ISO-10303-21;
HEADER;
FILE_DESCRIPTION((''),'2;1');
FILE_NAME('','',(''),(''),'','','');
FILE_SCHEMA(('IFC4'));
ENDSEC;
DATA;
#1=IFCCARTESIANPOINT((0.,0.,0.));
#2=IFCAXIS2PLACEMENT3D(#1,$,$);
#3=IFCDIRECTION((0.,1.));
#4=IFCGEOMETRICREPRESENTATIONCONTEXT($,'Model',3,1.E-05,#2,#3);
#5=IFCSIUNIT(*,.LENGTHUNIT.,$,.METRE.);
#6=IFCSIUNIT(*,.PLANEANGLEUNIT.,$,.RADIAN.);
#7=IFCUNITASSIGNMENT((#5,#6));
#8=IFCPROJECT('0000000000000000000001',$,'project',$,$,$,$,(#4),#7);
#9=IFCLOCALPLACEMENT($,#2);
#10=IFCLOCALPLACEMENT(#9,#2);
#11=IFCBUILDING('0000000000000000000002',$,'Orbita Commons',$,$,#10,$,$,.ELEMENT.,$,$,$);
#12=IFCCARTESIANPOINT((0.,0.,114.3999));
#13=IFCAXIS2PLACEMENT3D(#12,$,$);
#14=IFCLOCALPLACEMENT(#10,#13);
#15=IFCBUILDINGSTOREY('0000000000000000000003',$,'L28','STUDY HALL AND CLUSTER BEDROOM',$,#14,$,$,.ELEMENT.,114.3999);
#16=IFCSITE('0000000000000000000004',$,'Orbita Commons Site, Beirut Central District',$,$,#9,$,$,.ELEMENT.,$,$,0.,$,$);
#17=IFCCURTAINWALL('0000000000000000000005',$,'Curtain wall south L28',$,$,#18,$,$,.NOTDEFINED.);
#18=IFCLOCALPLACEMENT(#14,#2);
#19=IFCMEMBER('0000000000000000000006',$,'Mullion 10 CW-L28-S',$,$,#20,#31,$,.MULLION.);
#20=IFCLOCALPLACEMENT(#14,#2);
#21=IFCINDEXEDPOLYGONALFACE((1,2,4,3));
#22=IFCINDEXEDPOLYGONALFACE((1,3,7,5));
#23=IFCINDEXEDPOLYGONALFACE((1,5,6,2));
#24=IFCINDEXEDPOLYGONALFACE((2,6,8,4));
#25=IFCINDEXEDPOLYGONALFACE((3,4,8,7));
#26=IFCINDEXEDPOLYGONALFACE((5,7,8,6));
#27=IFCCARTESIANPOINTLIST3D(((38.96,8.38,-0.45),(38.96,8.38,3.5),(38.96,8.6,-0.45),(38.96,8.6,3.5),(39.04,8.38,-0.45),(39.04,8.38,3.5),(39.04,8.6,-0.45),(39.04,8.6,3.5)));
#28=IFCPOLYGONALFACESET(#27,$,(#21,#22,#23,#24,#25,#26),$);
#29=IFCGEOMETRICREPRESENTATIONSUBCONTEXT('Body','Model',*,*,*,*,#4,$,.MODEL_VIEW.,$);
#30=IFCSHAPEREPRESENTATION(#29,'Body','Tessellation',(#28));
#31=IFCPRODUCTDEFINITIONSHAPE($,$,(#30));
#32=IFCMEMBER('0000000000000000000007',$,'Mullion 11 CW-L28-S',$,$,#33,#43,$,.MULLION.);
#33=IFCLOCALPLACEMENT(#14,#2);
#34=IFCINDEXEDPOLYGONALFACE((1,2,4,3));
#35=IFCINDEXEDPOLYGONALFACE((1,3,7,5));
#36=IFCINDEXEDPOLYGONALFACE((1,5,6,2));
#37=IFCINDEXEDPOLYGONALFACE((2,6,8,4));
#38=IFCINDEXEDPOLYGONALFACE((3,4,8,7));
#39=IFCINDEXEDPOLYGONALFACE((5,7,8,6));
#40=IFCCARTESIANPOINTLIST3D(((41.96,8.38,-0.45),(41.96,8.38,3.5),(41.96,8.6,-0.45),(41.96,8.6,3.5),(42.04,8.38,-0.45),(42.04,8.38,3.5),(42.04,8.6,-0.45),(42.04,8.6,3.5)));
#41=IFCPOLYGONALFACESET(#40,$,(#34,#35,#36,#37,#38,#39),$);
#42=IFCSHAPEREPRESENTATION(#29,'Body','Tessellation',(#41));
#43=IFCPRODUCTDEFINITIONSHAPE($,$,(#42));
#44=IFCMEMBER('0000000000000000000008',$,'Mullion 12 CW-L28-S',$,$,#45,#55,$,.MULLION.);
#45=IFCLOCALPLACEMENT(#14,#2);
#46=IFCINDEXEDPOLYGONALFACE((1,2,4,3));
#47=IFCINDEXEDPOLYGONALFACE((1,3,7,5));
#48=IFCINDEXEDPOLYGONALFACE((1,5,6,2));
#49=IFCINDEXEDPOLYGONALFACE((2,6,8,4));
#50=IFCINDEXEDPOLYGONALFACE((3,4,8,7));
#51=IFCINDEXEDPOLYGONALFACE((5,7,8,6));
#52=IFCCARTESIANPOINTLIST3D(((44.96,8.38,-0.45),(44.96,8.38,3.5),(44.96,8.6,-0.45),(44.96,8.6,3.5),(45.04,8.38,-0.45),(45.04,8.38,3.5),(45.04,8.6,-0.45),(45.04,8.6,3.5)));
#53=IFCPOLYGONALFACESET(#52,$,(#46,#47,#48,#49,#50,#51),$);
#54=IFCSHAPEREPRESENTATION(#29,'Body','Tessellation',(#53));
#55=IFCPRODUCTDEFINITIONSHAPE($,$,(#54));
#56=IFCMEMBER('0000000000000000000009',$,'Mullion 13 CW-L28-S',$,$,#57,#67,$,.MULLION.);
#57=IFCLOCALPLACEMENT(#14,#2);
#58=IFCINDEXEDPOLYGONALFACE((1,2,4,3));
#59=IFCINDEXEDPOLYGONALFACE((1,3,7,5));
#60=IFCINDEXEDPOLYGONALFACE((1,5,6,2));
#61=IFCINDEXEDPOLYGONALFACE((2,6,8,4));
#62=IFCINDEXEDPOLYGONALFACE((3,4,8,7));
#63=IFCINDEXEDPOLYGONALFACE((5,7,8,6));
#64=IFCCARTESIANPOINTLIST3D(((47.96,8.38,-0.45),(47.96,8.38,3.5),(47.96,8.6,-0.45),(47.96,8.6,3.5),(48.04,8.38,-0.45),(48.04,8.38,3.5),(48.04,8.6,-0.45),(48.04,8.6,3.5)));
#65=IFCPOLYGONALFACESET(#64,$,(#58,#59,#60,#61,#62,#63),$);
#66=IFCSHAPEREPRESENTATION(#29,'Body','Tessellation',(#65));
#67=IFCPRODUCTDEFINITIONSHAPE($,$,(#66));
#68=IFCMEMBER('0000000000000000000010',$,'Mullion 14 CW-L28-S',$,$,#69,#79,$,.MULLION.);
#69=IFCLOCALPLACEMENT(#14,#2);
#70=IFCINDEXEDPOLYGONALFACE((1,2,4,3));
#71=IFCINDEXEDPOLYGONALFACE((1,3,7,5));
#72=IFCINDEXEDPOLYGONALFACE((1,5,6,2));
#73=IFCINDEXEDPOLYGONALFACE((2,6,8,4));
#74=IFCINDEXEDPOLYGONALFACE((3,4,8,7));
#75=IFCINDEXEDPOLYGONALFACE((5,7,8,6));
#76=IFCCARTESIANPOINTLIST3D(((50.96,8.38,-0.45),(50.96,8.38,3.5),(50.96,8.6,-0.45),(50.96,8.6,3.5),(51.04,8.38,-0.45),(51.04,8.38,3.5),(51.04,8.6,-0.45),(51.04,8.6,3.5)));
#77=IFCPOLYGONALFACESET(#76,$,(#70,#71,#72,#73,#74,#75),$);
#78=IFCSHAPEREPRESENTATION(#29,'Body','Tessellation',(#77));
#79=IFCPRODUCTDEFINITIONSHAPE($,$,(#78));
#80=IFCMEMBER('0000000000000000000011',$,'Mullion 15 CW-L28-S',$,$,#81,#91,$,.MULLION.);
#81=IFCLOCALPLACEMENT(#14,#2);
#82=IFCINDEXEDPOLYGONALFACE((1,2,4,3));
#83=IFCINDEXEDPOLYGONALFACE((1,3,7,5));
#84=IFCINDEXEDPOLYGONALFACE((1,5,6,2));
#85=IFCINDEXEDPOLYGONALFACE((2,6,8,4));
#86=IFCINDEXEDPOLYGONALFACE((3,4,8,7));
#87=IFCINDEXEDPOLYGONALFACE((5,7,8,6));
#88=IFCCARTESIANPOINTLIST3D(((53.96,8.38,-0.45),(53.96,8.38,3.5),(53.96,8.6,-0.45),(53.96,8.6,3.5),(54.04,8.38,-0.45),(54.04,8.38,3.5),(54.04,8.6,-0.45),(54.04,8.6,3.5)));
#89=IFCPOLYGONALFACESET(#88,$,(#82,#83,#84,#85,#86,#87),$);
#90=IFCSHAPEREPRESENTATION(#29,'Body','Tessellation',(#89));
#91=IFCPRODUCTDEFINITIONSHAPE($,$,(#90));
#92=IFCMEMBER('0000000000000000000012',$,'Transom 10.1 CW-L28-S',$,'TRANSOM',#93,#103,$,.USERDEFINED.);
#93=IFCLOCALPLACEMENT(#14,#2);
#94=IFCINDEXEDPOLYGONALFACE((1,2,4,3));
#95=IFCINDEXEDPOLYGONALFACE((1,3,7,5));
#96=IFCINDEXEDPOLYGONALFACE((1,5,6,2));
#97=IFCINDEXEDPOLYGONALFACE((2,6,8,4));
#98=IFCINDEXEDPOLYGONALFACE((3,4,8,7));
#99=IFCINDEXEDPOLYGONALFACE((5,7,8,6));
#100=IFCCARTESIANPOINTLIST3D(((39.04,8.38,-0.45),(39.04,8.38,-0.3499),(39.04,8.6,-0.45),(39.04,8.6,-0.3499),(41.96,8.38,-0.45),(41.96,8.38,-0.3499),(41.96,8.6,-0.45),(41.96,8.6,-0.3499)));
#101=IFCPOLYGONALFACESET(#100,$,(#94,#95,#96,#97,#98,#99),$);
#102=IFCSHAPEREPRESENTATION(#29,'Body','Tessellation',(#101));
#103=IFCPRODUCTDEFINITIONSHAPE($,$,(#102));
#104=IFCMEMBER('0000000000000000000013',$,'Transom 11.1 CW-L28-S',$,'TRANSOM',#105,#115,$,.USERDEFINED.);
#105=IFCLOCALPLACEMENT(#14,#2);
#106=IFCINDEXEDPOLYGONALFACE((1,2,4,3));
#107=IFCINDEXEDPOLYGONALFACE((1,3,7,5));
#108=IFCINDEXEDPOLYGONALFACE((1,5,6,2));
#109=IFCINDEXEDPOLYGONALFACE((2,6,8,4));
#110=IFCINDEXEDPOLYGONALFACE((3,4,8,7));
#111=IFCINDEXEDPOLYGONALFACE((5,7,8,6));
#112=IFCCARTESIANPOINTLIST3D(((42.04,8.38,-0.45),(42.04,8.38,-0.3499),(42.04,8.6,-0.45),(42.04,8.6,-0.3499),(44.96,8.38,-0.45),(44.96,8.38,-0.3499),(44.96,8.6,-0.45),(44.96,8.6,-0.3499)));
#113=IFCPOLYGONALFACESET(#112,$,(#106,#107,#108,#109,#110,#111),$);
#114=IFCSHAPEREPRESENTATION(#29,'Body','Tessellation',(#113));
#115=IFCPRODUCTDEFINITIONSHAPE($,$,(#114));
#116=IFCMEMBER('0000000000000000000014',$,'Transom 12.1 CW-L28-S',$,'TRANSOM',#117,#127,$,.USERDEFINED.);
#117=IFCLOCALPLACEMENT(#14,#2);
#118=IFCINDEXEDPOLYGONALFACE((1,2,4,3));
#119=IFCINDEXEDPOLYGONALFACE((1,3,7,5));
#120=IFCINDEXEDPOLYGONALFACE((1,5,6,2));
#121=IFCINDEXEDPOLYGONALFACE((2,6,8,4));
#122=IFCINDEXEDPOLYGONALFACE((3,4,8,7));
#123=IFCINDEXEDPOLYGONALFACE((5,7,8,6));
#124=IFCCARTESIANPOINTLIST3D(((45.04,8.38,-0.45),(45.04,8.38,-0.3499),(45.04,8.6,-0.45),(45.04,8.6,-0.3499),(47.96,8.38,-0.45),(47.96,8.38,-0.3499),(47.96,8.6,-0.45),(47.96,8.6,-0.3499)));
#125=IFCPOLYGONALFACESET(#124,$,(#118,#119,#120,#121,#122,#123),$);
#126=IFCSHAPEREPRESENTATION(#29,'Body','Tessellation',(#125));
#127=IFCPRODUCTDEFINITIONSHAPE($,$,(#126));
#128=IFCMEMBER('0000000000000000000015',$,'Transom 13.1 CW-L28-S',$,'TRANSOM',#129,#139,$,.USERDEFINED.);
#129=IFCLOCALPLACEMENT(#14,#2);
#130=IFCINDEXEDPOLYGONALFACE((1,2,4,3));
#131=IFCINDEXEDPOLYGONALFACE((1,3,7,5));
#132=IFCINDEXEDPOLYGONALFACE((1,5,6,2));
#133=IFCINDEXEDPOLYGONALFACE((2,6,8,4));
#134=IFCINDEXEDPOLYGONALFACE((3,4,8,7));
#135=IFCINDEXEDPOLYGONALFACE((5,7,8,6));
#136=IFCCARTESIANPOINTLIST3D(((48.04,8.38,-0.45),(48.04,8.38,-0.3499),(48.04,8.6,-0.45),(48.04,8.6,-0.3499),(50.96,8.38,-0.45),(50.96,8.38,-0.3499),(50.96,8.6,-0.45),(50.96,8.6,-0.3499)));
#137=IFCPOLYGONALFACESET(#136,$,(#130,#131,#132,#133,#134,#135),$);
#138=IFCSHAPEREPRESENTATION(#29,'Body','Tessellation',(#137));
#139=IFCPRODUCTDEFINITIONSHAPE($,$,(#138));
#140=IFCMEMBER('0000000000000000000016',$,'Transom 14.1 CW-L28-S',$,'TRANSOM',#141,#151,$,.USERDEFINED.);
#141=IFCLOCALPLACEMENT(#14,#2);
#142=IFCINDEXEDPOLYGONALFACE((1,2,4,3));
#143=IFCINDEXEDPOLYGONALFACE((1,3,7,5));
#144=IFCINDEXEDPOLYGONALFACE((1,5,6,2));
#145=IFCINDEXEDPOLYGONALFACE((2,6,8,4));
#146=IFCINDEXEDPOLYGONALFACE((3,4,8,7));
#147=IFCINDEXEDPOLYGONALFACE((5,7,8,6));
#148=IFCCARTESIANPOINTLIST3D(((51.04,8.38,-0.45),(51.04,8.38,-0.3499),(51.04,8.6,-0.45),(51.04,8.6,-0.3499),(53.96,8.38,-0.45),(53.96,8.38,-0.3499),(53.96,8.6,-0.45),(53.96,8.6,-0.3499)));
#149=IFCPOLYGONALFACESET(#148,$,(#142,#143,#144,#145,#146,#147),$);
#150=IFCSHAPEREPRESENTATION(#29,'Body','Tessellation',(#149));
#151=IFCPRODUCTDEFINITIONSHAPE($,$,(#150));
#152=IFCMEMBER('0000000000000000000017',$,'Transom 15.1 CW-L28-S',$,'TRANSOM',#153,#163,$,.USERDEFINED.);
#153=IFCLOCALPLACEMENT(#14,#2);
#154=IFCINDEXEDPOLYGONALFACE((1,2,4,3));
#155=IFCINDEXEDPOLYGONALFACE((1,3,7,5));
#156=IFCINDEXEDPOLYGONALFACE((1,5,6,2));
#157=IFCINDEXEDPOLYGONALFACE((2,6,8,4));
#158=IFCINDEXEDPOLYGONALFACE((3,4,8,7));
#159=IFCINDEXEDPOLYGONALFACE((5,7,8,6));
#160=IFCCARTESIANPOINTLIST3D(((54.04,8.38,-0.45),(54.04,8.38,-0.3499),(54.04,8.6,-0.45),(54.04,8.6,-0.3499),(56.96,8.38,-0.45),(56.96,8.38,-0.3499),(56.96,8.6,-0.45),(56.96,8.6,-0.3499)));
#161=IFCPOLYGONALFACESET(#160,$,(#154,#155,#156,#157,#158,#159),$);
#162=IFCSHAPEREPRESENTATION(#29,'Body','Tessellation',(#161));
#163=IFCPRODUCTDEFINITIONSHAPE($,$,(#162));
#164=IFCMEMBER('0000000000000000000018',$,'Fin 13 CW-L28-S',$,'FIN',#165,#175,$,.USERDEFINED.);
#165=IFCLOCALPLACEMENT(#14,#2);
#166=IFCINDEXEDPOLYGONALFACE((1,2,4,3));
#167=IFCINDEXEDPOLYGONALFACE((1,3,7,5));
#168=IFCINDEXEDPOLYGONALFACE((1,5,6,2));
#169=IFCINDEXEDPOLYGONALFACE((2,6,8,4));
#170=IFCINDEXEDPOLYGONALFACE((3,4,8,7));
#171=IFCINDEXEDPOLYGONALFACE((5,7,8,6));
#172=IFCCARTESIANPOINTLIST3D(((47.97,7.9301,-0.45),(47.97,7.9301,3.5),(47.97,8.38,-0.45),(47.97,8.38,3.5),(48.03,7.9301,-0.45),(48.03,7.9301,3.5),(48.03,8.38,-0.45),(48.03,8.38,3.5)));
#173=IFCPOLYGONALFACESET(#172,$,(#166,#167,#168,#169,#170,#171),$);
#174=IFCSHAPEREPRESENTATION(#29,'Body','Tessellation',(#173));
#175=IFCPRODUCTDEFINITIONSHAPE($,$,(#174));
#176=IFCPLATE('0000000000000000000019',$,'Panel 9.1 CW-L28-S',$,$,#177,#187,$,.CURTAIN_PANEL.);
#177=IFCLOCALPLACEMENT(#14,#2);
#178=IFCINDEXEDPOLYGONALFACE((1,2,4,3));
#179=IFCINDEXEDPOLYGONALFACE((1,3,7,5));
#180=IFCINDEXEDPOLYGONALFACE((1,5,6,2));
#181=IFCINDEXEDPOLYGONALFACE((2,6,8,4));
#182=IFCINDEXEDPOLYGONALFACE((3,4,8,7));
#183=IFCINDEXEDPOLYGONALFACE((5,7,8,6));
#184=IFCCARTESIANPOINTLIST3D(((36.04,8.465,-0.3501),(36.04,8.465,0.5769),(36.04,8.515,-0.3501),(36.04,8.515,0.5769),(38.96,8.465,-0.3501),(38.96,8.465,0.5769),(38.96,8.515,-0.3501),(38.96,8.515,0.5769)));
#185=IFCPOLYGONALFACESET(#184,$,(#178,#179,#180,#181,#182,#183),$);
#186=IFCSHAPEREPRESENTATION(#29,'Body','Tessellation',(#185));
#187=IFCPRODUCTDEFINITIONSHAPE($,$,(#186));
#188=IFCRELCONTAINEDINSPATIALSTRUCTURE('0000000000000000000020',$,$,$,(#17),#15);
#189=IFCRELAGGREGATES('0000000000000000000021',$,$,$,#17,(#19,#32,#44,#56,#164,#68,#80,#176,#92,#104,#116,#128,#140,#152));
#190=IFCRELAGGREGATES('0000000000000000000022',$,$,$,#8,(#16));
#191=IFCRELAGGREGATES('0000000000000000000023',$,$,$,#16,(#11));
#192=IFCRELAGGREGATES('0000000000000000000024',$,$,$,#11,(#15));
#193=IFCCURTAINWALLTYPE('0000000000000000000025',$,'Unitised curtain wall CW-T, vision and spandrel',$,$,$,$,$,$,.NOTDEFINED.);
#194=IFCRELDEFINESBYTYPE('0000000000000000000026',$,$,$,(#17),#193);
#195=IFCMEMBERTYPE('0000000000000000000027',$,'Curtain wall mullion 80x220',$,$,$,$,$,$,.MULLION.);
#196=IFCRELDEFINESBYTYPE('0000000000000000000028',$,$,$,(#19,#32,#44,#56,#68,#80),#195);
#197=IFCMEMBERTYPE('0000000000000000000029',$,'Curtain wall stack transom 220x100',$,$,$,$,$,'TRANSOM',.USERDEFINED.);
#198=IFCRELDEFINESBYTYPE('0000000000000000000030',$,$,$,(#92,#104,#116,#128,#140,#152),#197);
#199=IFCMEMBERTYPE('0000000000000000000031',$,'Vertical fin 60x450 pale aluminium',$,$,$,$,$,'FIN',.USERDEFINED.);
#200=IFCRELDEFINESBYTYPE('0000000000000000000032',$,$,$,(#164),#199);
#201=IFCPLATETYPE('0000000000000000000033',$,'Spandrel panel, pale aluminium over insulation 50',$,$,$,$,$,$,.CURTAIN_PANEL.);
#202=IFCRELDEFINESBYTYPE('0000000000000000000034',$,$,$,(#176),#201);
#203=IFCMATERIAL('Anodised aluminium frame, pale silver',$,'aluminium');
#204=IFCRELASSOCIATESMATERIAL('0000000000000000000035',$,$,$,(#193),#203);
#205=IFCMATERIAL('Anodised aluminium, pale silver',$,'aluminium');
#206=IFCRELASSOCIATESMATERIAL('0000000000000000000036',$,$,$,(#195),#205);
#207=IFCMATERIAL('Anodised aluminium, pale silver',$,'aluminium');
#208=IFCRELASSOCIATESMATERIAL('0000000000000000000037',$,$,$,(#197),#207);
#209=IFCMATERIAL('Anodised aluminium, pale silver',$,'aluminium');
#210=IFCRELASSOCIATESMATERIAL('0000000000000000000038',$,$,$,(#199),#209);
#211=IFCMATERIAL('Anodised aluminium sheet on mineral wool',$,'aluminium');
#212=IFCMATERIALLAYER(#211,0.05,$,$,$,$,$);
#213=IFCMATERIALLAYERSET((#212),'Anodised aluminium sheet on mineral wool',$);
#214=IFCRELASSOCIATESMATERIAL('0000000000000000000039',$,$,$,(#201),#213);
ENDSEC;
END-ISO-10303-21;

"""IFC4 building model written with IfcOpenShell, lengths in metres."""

from ifc_helpers import new_model, si_unit, direction, frame, origin, origin_2d, place, context, subcontext, project, spatial, rectangle, extrude, material, layer, layer_set, material_profile, profile_set, type_object, element, aggregate, save


model = new_model("IFC4")

# Units and contexts
model_context = context("Model", 3, precision=1e-05, world=origin(), true_north=direction((0.0, 1.0)))
body_context = subcontext(model_context, "Body", "Model", "MODEL_VIEW")
ifc_project = project(units=[si_unit("LENGTHUNIT", "METRE"), si_unit("PLANEANGLEUNIT", "RADIAN")], contexts=[model_context])

# Site, building, storey
site_placement = place(None, origin())
site = spatial("IfcSite", under=ifc_project, at=site_placement, Name="Orbita Commons Site, Beirut Central District", CompositionType="ELEMENT", RefElevation=0.0)
building_placement = place(site_placement, origin())
building = spatial("IfcBuilding", under=site, at=building_placement, Name="Orbita Commons", CompositionType="ELEMENT")
storey_placement = place(building_placement, frame((0.0, 0.0, 114.3999)))
storey = spatial("IfcBuildingStorey", under=building, at=storey_placement, Name="L28", Description="STUDY HALL AND CLUSTER BEDROOM", CompositionType="ELEMENT", Elevation=114.3999)

# Curtain wall, members, plate
ifc_material_1 = material(Name="Anodised aluminium frame, pale silver", Category="aluminium")
curtain_wall_type = type_object("IfcCurtainWallType", Name="Unitised curtain wall CW-T, vision and spandrel", PredefinedType="NOTDEFINED", material=ifc_material_1)
curtain_wall_placement = place(storey_placement, origin())
curtain_wall = element("IfcCurtainWall", 1, at=curtain_wall_placement, inside=storey, type_object=curtain_wall_type, Name="Curtain wall south L28", PredefinedType="NOTDEFINED")
ifc_material_2 = material(Name="Anodised aluminium, pale silver", Category="aluminium")
ifc_material_profile_1 = material_profile(ifc_material_2, rectangle(XDim=0.0801, YDim=0.22, at=origin_2d()), Name="AL 80x220")
ifc_profile_set_1 = profile_set([ifc_material_profile_1], Name="Anodised aluminium, pale silver")
member_type_1 = type_object("IfcMemberType", Name="Curtain wall mullion 80x220", PredefinedType="MULLION", material=ifc_profile_set_1)
member_1_placement = place(storey_placement, frame((39.0, 8.49, -0.45), z_axis=(0.0, 0.0, 1.0), x_axis=(1.0, 0.0, 0.0)))
member_1 = element("IfcMember", 2, at=member_1_placement, type_object=member_type_1, Name="Mullion 10 CW-L28-S", PredefinedType="MULLION", context=body_context, shape_type="SweptSolid", body=[
    extrude(rectangle(XDim=0.0801, YDim=0.22, at=origin_2d()), origin(), (0.0, 0.0, 1.0), 3.95),
])
member_2_placement = place(storey_placement, frame((42.0, 8.49, -0.45), z_axis=(0.0, 0.0, 1.0), x_axis=(1.0, 0.0, 0.0)))
member_2 = element("IfcMember", 3, at=member_2_placement, type_object=member_type_1, Name="Mullion 11 CW-L28-S", PredefinedType="MULLION", context=body_context, shape_type="SweptSolid", body=[
    extrude(rectangle(XDim=0.0801, YDim=0.22, at=origin_2d()), origin(), (0.0, 0.0, 1.0), 3.95),
])
member_3_placement = place(storey_placement, frame((45.0, 8.49, -0.45), z_axis=(0.0, 0.0, 1.0), x_axis=(1.0, 0.0, 0.0)))
member_3 = element("IfcMember", 4, at=member_3_placement, type_object=member_type_1, Name="Mullion 12 CW-L28-S", PredefinedType="MULLION", context=body_context, shape_type="SweptSolid", body=[
    extrude(rectangle(XDim=0.0801, YDim=0.22, at=origin_2d()), origin(), (0.0, 0.0, 1.0), 3.95),
])
member_4_placement = place(storey_placement, frame((48.0, 8.49, -0.45), z_axis=(0.0, 0.0, 1.0), x_axis=(1.0, 0.0, 0.0)))
member_4 = element("IfcMember", 5, at=member_4_placement, type_object=member_type_1, Name="Mullion 13 CW-L28-S", PredefinedType="MULLION", context=body_context, shape_type="SweptSolid", body=[
    extrude(rectangle(XDim=0.0801, YDim=0.22, at=origin_2d()), origin(), (0.0, 0.0, 1.0), 3.95),
])
member_5_placement = place(storey_placement, frame((51.0, 8.49, -0.45), z_axis=(0.0, 0.0, 1.0), x_axis=(1.0, 0.0, 0.0)))
member_5 = element("IfcMember", 6, at=member_5_placement, type_object=member_type_1, Name="Mullion 14 CW-L28-S", PredefinedType="MULLION", context=body_context, shape_type="SweptSolid", body=[
    extrude(rectangle(XDim=0.0801, YDim=0.22, at=origin_2d()), origin(), (0.0, 0.0, 1.0), 3.95),
])
member_6_placement = place(storey_placement, frame((54.0, 8.49, -0.45), z_axis=(0.0, 0.0, 1.0), x_axis=(1.0, 0.0, 0.0)))
member_6 = element("IfcMember", 7, at=member_6_placement, type_object=member_type_1, Name="Mullion 15 CW-L28-S", PredefinedType="MULLION", context=body_context, shape_type="SweptSolid", body=[
    extrude(rectangle(XDim=0.0801, YDim=0.22, at=origin_2d()), origin(), (0.0, 0.0, 1.0), 3.95),
])
ifc_material_3 = material(Name="Anodised aluminium, pale silver", Category="aluminium")
ifc_material_profile_2 = material_profile(ifc_material_3, rectangle(XDim=0.22, YDim=0.1001, at=origin_2d()), Name="AL 220x100")
ifc_profile_set_2 = profile_set([ifc_material_profile_2], Name="Anodised aluminium, pale silver")
member_type_2 = type_object("IfcMemberType", Name="Curtain wall stack transom 220x100", ElementType="TRANSOM", PredefinedType="USERDEFINED", material=ifc_profile_set_2)
member_7_placement = place(storey_placement, frame((39.04, 8.49, -0.3999), z_axis=(1.0, 0.0, 0.0), x_axis=(0.0, 1.0, 0.0)))
member_7 = element("IfcMember", 8, at=member_7_placement, type_object=member_type_2, Name="Transom 10.1 CW-L28-S", ObjectType="TRANSOM", PredefinedType="USERDEFINED", context=body_context, shape_type="SweptSolid", body=[
    extrude(rectangle(XDim=0.22, YDim=0.1001, at=origin_2d()), origin(), (0.0, 0.0, 1.0), 2.9199),
])
member_8_placement = place(storey_placement, frame((42.04, 8.49, -0.3999), z_axis=(1.0, 0.0, 0.0), x_axis=(0.0, 1.0, 0.0)))
member_8 = element("IfcMember", 9, at=member_8_placement, type_object=member_type_2, Name="Transom 11.1 CW-L28-S", ObjectType="TRANSOM", PredefinedType="USERDEFINED", context=body_context, shape_type="SweptSolid", body=[
    extrude(rectangle(XDim=0.22, YDim=0.1001, at=origin_2d()), origin(), (0.0, 0.0, 1.0), 2.9199),
])
member_9_placement = place(storey_placement, frame((45.04, 8.49, -0.3999), z_axis=(1.0, 0.0, 0.0), x_axis=(0.0, 1.0, 0.0)))
member_9 = element("IfcMember", 10, at=member_9_placement, type_object=member_type_2, Name="Transom 12.1 CW-L28-S", ObjectType="TRANSOM", PredefinedType="USERDEFINED", context=body_context, shape_type="SweptSolid", body=[
    extrude(rectangle(XDim=0.22, YDim=0.1001, at=origin_2d()), origin(), (0.0, 0.0, 1.0), 2.9199),
])
member_10_placement = place(storey_placement, frame((48.04, 8.49, -0.3999), z_axis=(1.0, 0.0, 0.0), x_axis=(0.0, 1.0, 0.0)))
member_10 = element("IfcMember", 11, at=member_10_placement, type_object=member_type_2, Name="Transom 13.1 CW-L28-S", ObjectType="TRANSOM", PredefinedType="USERDEFINED", context=body_context, shape_type="SweptSolid", body=[
    extrude(rectangle(XDim=0.22, YDim=0.1001, at=origin_2d()), origin(), (0.0, 0.0, 1.0), 2.9199),
])
member_11_placement = place(storey_placement, frame((51.04, 8.49, -0.3999), z_axis=(1.0, 0.0, 0.0), x_axis=(0.0, 1.0, 0.0)))
member_11 = element("IfcMember", 12, at=member_11_placement, type_object=member_type_2, Name="Transom 14.1 CW-L28-S", ObjectType="TRANSOM", PredefinedType="USERDEFINED", context=body_context, shape_type="SweptSolid", body=[
    extrude(rectangle(XDim=0.22, YDim=0.1001, at=origin_2d()), origin(), (0.0, 0.0, 1.0), 2.9199),
])
member_12_placement = place(storey_placement, frame((54.04, 8.49, -0.3999), z_axis=(1.0, 0.0, 0.0), x_axis=(0.0, 1.0, 0.0)))
member_12 = element("IfcMember", 13, at=member_12_placement, type_object=member_type_2, Name="Transom 15.1 CW-L28-S", ObjectType="TRANSOM", PredefinedType="USERDEFINED", context=body_context, shape_type="SweptSolid", body=[
    extrude(rectangle(XDim=0.22, YDim=0.1001, at=origin_2d()), origin(), (0.0, 0.0, 1.0), 2.9199),
])
ifc_material_4 = material(Name="Anodised aluminium, pale silver", Category="aluminium")
ifc_material_profile_3 = material_profile(ifc_material_4, rectangle(XDim=0.0601, YDim=0.45, at=origin_2d()), Name="FIN 60x450")
ifc_profile_set_3 = profile_set([ifc_material_profile_3], Name="Anodised aluminium, pale silver")
member_type_3 = type_object("IfcMemberType", Name="Vertical fin 60x450 pale aluminium", ElementType="FIN", PredefinedType="USERDEFINED", material=ifc_profile_set_3)
member_13_placement = place(storey_placement, frame((48.0, 8.155, -0.45), z_axis=(0.0, 0.0, 1.0), x_axis=(1.0, 0.0, 0.0)))
member_13 = element("IfcMember", 14, at=member_13_placement, type_object=member_type_3, Name="Fin 13 CW-L28-S", ObjectType="FIN", PredefinedType="USERDEFINED", context=body_context, shape_type="SweptSolid", body=[
    extrude(rectangle(XDim=0.0601, YDim=0.45, at=origin_2d()), origin(), (0.0, 0.0, 1.0), 3.95),
])
ifc_material_5 = material(Name="Anodised aluminium sheet on mineral wool", Category="aluminium")
ifc_layer_1 = layer(ifc_material_5, 0.05)
ifc_layer_set_1 = layer_set([ifc_layer_1], Name="Anodised aluminium sheet on mineral wool")
plate_type_1 = type_object("IfcPlateType", Name="Spandrel panel, pale aluminium over insulation 50", PredefinedType="CURTAIN_PANEL", material=ifc_layer_set_1)
plate_1_placement = place(storey_placement, frame((37.5, 8.49, -0.3501), z_axis=(0.0, 0.0, 1.0), x_axis=(1.0, 0.0, 0.0)))
plate_1 = element("IfcPlate", 15, at=plate_1_placement, type_object=plate_type_1, Name="Panel 9.1 CW-L28-S", PredefinedType="CURTAIN_PANEL", context=body_context, shape_type="SweptSolid", body=[
    extrude(rectangle(XDim=2.9199, YDim=0.05, at=origin_2d()), origin(), (0.0, 0.0, 1.0), 0.927),
])
aggregate(curtain_wall, [member_1, member_2, member_3, member_4, member_13, member_5, member_6, plate_1, member_7, member_8, member_9, member_10, member_11, member_12])

save(model, "model.ifc")
